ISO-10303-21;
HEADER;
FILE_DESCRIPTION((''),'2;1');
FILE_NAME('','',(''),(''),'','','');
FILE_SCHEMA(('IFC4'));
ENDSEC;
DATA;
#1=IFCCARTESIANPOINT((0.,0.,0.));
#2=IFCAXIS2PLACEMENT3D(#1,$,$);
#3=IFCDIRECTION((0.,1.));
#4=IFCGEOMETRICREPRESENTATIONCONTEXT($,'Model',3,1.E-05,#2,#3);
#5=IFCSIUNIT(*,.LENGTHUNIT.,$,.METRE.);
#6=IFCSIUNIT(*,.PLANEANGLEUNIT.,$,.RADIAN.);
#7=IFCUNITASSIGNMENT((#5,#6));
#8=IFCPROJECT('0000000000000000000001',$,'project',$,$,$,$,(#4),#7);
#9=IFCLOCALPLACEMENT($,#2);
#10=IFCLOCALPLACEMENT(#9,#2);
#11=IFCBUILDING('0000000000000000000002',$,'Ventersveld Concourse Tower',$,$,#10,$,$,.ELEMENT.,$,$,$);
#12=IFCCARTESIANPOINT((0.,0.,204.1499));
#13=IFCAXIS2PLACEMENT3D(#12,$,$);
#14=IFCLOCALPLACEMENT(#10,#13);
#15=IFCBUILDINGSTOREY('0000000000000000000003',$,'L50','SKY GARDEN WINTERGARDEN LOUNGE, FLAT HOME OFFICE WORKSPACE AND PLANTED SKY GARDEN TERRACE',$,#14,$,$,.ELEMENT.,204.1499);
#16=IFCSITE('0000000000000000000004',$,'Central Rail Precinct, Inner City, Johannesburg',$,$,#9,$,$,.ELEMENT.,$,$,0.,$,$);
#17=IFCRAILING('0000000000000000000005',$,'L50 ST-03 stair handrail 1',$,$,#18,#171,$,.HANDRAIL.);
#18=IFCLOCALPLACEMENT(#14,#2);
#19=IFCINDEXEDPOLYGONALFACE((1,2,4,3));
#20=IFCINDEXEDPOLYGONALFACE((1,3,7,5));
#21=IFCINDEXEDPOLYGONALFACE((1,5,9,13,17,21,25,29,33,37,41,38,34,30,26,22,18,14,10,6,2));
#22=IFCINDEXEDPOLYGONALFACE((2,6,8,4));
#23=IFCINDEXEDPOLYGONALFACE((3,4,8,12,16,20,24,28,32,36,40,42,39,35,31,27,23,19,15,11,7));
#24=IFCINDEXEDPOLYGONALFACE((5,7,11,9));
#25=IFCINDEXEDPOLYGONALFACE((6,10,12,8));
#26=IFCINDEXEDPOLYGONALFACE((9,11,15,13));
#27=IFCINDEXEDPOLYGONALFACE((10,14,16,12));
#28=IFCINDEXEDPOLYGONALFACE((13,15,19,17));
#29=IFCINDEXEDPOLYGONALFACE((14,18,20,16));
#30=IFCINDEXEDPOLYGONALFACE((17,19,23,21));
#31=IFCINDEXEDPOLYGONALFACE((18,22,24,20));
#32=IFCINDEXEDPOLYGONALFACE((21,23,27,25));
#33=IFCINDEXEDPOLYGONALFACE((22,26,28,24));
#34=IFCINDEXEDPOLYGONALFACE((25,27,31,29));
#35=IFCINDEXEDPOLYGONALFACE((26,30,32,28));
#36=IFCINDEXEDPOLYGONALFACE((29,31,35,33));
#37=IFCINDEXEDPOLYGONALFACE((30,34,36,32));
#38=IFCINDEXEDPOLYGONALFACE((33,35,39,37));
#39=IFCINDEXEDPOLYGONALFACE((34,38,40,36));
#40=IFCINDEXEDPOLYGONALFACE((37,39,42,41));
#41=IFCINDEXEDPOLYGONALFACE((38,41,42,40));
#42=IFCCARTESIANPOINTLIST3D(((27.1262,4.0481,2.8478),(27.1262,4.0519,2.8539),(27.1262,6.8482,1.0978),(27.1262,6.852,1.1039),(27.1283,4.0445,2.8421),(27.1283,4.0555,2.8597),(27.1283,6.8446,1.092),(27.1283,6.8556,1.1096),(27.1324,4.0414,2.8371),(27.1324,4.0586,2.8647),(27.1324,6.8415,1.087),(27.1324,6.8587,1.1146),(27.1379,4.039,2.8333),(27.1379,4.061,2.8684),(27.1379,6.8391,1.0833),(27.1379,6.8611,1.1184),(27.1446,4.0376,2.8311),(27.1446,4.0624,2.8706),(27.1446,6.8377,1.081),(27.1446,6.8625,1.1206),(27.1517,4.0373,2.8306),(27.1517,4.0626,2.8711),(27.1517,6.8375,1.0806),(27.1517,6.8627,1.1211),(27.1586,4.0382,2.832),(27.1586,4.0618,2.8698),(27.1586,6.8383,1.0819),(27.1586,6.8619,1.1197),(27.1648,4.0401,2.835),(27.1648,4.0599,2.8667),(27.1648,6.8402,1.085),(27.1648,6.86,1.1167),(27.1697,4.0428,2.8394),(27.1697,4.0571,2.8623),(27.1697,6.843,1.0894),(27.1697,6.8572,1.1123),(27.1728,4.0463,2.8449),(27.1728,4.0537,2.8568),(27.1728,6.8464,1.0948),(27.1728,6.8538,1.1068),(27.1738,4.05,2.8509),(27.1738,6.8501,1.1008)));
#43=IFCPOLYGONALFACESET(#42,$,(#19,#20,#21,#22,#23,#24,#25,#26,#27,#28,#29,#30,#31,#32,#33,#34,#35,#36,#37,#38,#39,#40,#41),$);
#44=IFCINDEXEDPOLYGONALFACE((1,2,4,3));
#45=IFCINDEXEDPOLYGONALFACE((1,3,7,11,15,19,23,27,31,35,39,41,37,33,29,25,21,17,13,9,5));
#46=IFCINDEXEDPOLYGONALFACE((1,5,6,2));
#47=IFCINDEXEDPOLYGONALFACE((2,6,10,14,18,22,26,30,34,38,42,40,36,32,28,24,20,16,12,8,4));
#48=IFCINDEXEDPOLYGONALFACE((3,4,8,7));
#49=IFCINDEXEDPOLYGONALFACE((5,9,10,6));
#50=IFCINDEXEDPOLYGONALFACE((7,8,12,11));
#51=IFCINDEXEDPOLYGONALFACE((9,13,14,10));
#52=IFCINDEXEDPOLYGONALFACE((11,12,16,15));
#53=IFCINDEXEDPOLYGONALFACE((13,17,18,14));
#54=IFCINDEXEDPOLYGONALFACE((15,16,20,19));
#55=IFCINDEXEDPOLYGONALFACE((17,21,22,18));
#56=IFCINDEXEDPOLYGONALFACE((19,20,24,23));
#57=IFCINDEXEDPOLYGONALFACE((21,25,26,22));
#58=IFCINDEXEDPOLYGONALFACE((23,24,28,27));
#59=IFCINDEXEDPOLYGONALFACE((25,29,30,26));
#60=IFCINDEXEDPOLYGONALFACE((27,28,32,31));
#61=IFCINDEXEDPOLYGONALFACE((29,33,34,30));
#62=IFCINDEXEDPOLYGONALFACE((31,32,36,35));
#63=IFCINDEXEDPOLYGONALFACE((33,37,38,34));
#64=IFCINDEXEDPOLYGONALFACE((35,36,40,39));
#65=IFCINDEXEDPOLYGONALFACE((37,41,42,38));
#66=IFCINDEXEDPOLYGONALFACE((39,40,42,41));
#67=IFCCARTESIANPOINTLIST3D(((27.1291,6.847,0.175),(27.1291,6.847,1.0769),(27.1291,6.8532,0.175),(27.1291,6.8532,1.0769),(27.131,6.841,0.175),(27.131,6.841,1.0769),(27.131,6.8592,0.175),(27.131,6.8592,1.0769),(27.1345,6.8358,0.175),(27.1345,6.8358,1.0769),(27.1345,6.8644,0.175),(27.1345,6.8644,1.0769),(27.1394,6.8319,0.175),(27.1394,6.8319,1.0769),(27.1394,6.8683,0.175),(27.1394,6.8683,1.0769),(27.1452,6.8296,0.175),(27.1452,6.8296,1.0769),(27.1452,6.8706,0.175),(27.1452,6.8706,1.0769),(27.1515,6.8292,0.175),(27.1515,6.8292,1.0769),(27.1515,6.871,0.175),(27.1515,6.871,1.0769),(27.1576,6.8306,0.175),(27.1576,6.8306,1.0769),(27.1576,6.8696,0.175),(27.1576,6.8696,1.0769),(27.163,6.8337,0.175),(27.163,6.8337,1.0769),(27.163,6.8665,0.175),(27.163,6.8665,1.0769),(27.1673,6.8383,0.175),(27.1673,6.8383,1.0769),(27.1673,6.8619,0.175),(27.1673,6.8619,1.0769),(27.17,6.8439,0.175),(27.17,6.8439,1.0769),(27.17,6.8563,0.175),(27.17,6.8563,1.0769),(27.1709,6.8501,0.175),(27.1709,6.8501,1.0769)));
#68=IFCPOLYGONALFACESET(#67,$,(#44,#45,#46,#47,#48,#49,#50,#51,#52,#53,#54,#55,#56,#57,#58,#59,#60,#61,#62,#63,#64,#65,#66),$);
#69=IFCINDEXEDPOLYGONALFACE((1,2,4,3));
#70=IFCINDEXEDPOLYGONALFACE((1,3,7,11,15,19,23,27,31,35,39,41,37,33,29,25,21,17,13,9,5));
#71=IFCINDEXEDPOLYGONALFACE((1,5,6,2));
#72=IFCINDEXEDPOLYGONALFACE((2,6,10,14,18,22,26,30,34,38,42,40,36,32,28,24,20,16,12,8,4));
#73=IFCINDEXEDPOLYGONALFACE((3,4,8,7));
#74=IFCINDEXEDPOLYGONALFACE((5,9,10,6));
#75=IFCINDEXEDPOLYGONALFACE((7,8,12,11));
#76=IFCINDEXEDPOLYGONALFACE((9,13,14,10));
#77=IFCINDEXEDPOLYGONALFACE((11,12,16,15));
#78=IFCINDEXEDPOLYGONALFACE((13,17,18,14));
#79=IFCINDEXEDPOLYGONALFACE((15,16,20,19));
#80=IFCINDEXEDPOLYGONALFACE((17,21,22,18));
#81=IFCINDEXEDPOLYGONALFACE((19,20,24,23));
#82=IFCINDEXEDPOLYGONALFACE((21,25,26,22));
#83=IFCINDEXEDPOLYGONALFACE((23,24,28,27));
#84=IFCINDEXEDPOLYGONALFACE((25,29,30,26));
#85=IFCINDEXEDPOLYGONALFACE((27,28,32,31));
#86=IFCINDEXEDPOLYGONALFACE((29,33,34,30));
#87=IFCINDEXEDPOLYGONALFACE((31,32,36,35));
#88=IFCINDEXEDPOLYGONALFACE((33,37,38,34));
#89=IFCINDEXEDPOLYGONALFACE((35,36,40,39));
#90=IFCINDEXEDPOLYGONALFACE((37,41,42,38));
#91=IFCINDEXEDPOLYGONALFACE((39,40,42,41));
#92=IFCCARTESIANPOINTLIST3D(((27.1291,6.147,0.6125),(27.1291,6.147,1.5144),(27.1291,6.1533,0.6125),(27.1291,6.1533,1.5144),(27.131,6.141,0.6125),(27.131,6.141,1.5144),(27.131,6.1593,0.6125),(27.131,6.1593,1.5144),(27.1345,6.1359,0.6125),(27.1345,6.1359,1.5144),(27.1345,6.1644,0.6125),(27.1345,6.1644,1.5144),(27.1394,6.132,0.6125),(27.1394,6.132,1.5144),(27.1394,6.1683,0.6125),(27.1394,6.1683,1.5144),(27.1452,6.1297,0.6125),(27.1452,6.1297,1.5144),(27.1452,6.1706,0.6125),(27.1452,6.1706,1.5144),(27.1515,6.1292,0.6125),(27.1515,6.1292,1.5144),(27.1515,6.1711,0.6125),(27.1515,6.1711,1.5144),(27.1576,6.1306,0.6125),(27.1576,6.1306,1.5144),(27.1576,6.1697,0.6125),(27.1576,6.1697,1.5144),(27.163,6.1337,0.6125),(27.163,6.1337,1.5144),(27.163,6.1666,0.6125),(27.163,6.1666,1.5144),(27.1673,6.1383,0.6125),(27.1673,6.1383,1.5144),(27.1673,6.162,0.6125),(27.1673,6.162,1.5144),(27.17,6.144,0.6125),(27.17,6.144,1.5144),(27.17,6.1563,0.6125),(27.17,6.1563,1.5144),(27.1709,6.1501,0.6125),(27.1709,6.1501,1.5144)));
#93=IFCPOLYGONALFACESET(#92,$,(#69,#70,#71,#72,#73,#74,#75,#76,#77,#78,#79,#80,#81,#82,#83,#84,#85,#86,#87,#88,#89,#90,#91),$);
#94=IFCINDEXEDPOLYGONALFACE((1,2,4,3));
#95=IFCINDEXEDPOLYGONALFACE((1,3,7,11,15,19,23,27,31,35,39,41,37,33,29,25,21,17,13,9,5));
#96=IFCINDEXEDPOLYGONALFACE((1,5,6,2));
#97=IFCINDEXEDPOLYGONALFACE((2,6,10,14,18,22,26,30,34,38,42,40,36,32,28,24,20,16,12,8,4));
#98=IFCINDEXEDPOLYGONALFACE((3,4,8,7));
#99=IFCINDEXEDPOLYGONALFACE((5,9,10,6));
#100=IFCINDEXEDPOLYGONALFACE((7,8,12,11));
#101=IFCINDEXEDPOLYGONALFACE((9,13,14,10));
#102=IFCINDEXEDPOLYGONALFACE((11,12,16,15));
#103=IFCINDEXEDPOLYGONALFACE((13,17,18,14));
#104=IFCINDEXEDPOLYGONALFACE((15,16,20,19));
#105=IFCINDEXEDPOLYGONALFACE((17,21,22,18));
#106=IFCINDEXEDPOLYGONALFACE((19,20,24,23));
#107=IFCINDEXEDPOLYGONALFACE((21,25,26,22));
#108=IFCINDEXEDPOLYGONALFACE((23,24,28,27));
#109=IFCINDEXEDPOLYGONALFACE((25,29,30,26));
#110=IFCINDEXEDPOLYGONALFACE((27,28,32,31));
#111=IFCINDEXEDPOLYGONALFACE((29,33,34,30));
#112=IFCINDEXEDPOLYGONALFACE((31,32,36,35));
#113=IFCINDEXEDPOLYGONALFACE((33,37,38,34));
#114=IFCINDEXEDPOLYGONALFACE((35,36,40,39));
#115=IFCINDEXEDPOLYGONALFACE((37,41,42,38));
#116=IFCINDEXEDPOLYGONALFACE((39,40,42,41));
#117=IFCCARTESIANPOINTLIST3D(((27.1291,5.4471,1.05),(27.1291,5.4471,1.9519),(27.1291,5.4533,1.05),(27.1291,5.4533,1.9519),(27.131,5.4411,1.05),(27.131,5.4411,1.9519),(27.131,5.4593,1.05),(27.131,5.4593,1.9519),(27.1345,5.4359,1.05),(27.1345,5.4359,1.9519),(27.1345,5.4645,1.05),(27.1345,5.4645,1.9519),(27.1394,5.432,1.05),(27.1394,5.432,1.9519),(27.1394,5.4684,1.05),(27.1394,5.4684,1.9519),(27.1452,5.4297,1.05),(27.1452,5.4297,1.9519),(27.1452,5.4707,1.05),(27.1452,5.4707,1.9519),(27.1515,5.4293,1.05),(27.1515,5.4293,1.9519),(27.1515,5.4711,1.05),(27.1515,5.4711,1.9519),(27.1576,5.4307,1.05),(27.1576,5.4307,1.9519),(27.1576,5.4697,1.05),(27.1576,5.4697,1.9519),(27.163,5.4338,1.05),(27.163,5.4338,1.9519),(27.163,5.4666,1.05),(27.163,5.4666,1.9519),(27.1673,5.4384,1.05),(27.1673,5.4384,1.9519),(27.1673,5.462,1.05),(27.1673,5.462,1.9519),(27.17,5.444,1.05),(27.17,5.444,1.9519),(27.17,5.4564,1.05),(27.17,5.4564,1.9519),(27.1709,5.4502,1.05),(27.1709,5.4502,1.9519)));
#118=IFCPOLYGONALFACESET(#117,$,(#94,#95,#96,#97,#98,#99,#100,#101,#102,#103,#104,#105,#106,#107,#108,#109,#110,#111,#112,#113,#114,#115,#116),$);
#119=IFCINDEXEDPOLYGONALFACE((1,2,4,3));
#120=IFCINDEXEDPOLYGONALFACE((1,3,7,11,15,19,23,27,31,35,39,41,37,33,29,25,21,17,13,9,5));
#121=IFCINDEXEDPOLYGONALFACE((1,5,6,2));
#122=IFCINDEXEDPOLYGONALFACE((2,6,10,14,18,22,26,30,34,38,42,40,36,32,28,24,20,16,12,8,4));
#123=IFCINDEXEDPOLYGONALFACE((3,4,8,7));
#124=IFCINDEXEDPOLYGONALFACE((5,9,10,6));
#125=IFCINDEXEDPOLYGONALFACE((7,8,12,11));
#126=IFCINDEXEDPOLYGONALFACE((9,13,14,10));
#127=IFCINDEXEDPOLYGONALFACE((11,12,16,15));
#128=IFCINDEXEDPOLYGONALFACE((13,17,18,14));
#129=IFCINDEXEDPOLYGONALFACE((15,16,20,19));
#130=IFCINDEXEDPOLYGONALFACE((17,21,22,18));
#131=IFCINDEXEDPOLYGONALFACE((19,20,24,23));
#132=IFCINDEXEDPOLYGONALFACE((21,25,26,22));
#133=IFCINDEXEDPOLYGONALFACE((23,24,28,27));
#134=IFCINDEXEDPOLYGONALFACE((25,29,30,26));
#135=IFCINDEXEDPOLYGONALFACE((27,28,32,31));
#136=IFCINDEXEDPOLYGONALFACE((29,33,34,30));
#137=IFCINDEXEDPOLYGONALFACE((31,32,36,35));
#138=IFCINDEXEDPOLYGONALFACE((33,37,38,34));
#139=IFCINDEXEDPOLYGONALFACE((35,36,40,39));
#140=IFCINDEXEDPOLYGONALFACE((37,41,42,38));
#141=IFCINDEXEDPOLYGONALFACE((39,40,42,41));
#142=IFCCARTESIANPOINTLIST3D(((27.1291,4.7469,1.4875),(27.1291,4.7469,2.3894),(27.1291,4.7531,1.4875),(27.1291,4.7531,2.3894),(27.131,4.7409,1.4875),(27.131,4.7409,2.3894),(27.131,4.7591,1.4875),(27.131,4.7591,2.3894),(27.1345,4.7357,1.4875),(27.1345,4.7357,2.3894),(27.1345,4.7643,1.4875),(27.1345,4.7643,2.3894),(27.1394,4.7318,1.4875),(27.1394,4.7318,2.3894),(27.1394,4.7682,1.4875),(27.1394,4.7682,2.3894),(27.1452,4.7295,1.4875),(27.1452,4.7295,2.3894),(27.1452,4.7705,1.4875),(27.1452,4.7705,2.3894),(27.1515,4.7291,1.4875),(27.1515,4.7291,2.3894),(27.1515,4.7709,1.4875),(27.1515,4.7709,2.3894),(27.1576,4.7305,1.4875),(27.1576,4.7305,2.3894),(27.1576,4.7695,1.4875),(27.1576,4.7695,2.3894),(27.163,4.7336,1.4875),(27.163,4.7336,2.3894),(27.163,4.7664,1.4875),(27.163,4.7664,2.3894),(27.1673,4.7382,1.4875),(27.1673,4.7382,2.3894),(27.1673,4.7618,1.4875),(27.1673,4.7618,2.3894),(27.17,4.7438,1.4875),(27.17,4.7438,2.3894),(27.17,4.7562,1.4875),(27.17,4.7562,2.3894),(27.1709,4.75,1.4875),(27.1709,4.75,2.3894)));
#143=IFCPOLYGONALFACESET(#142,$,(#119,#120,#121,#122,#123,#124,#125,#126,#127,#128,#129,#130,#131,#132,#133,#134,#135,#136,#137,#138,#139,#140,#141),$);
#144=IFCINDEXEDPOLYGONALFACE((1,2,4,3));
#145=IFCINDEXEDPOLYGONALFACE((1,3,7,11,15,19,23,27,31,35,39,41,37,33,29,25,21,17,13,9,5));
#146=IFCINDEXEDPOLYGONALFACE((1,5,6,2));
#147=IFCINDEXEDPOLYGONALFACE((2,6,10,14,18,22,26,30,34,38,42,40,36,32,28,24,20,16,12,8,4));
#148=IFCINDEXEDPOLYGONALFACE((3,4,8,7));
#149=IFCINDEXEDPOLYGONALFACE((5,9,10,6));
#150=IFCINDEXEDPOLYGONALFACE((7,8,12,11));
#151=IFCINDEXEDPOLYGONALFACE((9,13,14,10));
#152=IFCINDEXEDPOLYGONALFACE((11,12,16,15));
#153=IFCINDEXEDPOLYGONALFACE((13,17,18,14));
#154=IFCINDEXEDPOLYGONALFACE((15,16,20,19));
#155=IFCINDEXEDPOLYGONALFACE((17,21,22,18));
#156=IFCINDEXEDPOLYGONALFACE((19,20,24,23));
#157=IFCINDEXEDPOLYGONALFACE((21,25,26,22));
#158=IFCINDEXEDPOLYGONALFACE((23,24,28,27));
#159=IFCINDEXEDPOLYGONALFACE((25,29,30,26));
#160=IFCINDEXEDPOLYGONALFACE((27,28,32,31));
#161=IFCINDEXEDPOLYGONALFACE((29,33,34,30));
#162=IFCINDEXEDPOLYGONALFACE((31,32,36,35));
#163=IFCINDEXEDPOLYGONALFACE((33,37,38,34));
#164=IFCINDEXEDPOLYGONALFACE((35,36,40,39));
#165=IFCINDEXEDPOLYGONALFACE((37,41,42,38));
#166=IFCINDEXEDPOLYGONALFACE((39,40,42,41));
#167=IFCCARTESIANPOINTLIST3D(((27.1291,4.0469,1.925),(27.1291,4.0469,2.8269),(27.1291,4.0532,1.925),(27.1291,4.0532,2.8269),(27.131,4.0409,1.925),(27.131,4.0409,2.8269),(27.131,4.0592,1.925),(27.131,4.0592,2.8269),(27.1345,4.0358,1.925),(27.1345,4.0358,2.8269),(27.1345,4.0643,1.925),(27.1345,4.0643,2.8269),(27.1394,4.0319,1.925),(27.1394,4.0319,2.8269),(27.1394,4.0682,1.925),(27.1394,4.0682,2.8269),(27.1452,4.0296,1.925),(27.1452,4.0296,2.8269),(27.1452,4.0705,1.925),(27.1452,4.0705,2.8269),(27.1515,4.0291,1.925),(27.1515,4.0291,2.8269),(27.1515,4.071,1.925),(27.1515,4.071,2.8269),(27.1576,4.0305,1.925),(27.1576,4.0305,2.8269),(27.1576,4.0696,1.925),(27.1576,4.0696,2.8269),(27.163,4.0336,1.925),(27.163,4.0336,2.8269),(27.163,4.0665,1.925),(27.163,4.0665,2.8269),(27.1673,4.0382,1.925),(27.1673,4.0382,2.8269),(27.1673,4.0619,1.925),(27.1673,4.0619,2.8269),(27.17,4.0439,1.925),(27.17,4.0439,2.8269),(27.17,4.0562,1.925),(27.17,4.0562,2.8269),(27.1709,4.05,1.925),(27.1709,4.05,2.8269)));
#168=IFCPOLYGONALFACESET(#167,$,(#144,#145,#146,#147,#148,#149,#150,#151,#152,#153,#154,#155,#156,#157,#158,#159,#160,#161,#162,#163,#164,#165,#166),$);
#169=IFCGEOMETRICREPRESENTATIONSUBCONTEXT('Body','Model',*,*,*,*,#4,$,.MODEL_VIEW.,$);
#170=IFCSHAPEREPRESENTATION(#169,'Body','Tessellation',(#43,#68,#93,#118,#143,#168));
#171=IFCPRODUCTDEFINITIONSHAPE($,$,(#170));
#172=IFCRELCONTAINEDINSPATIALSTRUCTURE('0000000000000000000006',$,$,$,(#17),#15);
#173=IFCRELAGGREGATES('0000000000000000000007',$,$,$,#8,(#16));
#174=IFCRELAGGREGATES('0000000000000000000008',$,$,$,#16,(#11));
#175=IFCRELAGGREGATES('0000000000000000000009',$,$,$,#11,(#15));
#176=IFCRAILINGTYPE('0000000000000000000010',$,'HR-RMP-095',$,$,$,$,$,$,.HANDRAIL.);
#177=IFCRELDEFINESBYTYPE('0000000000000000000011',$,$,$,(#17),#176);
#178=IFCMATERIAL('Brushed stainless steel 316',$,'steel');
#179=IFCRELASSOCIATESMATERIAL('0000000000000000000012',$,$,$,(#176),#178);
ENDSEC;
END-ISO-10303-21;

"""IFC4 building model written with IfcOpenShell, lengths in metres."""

from ifc_helpers import new_model, si_unit, direction, frame, origin, origin_2d, place, context, subcontext, project, spatial, circle, extrude, material, type_object, element, save


model = new_model("IFC4")

# Units and contexts
model_context = context("Model", 3, precision=1e-05, world=origin(), true_north=direction((0.0, 1.0)))
body_context = subcontext(model_context, "Body", "Model", "MODEL_VIEW")
ifc_project = project(units=[si_unit("LENGTHUNIT", "METRE"), si_unit("PLANEANGLEUNIT", "RADIAN")], contexts=[model_context])

# Site, building, storey
site_placement = place(None, origin())
site = spatial("IfcSite", under=ifc_project, at=site_placement, Name="Central Rail Precinct, Inner City, Johannesburg", CompositionType="ELEMENT", RefElevation=0.0)
building_placement = place(site_placement, origin())
building = spatial("IfcBuilding", under=site, at=building_placement, Name="Ventersveld Concourse Tower", CompositionType="ELEMENT")
storey_placement = place(building_placement, frame((0.0, 0.0, 204.1499)))
storey = spatial("IfcBuildingStorey", under=building, at=storey_placement, Name="L50", Description="SKY GARDEN WINTERGARDEN LOUNGE, FLAT HOME OFFICE WORKSPACE AND PLANTED SKY GARDEN TERRACE", CompositionType="ELEMENT", Elevation=204.1499)

# Shared definitions
ifc_material_1 = material(Name="Brushed stainless steel 316", Category="steel")

# Railing
railing_type_1 = type_object("IfcRailingType", Name="HR-RMP-095", PredefinedType="HANDRAIL", material=ifc_material_1)
railing_1_placement = place(storey_placement, frame((27.1499, 6.8501, 0.175)))
element("IfcRailing", 1, at=railing_1_placement, inside=storey, type_object=railing_type_1, Name="L50 ST-03 stair handrail 1", PredefinedType="HANDRAIL", context=body_context, shape_type="SweptSolid", body=[
    extrude(circle(Radius=0.0239, at=origin_2d()), frame((0.0, 0.0, 0.9258), z_axis=(0.0, -0.848002, 0.529992), x_axis=(1.0, 0.0, 0.0)), (0.0, 0.0, 1.0), 3.302),
    extrude(circle(Radius=0.021, at=origin_2d()), origin(), (0.0, 0.0, 1.0), 0.9019),
    extrude(circle(Radius=0.021, at=origin_2d()), frame((0.0, -0.7, 0.4375)), (0.0, 0.0, 1.0), 0.9019),
    extrude(circle(Radius=0.021, at=origin_2d()), frame((0.0, -1.3999, 0.875)), (0.0, 0.0, 1.0), 0.9019),
    extrude(circle(Radius=0.021, at=origin_2d()), frame((0.0, -2.1001, 1.3125)), (0.0, 0.0, 1.0), 0.9019),
    extrude(circle(Radius=0.021, at=origin_2d()), frame((0.0, -2.8, 1.75)), (0.0, 0.0, 1.0), 0.9019),
])

save(model, "model.ifc")
